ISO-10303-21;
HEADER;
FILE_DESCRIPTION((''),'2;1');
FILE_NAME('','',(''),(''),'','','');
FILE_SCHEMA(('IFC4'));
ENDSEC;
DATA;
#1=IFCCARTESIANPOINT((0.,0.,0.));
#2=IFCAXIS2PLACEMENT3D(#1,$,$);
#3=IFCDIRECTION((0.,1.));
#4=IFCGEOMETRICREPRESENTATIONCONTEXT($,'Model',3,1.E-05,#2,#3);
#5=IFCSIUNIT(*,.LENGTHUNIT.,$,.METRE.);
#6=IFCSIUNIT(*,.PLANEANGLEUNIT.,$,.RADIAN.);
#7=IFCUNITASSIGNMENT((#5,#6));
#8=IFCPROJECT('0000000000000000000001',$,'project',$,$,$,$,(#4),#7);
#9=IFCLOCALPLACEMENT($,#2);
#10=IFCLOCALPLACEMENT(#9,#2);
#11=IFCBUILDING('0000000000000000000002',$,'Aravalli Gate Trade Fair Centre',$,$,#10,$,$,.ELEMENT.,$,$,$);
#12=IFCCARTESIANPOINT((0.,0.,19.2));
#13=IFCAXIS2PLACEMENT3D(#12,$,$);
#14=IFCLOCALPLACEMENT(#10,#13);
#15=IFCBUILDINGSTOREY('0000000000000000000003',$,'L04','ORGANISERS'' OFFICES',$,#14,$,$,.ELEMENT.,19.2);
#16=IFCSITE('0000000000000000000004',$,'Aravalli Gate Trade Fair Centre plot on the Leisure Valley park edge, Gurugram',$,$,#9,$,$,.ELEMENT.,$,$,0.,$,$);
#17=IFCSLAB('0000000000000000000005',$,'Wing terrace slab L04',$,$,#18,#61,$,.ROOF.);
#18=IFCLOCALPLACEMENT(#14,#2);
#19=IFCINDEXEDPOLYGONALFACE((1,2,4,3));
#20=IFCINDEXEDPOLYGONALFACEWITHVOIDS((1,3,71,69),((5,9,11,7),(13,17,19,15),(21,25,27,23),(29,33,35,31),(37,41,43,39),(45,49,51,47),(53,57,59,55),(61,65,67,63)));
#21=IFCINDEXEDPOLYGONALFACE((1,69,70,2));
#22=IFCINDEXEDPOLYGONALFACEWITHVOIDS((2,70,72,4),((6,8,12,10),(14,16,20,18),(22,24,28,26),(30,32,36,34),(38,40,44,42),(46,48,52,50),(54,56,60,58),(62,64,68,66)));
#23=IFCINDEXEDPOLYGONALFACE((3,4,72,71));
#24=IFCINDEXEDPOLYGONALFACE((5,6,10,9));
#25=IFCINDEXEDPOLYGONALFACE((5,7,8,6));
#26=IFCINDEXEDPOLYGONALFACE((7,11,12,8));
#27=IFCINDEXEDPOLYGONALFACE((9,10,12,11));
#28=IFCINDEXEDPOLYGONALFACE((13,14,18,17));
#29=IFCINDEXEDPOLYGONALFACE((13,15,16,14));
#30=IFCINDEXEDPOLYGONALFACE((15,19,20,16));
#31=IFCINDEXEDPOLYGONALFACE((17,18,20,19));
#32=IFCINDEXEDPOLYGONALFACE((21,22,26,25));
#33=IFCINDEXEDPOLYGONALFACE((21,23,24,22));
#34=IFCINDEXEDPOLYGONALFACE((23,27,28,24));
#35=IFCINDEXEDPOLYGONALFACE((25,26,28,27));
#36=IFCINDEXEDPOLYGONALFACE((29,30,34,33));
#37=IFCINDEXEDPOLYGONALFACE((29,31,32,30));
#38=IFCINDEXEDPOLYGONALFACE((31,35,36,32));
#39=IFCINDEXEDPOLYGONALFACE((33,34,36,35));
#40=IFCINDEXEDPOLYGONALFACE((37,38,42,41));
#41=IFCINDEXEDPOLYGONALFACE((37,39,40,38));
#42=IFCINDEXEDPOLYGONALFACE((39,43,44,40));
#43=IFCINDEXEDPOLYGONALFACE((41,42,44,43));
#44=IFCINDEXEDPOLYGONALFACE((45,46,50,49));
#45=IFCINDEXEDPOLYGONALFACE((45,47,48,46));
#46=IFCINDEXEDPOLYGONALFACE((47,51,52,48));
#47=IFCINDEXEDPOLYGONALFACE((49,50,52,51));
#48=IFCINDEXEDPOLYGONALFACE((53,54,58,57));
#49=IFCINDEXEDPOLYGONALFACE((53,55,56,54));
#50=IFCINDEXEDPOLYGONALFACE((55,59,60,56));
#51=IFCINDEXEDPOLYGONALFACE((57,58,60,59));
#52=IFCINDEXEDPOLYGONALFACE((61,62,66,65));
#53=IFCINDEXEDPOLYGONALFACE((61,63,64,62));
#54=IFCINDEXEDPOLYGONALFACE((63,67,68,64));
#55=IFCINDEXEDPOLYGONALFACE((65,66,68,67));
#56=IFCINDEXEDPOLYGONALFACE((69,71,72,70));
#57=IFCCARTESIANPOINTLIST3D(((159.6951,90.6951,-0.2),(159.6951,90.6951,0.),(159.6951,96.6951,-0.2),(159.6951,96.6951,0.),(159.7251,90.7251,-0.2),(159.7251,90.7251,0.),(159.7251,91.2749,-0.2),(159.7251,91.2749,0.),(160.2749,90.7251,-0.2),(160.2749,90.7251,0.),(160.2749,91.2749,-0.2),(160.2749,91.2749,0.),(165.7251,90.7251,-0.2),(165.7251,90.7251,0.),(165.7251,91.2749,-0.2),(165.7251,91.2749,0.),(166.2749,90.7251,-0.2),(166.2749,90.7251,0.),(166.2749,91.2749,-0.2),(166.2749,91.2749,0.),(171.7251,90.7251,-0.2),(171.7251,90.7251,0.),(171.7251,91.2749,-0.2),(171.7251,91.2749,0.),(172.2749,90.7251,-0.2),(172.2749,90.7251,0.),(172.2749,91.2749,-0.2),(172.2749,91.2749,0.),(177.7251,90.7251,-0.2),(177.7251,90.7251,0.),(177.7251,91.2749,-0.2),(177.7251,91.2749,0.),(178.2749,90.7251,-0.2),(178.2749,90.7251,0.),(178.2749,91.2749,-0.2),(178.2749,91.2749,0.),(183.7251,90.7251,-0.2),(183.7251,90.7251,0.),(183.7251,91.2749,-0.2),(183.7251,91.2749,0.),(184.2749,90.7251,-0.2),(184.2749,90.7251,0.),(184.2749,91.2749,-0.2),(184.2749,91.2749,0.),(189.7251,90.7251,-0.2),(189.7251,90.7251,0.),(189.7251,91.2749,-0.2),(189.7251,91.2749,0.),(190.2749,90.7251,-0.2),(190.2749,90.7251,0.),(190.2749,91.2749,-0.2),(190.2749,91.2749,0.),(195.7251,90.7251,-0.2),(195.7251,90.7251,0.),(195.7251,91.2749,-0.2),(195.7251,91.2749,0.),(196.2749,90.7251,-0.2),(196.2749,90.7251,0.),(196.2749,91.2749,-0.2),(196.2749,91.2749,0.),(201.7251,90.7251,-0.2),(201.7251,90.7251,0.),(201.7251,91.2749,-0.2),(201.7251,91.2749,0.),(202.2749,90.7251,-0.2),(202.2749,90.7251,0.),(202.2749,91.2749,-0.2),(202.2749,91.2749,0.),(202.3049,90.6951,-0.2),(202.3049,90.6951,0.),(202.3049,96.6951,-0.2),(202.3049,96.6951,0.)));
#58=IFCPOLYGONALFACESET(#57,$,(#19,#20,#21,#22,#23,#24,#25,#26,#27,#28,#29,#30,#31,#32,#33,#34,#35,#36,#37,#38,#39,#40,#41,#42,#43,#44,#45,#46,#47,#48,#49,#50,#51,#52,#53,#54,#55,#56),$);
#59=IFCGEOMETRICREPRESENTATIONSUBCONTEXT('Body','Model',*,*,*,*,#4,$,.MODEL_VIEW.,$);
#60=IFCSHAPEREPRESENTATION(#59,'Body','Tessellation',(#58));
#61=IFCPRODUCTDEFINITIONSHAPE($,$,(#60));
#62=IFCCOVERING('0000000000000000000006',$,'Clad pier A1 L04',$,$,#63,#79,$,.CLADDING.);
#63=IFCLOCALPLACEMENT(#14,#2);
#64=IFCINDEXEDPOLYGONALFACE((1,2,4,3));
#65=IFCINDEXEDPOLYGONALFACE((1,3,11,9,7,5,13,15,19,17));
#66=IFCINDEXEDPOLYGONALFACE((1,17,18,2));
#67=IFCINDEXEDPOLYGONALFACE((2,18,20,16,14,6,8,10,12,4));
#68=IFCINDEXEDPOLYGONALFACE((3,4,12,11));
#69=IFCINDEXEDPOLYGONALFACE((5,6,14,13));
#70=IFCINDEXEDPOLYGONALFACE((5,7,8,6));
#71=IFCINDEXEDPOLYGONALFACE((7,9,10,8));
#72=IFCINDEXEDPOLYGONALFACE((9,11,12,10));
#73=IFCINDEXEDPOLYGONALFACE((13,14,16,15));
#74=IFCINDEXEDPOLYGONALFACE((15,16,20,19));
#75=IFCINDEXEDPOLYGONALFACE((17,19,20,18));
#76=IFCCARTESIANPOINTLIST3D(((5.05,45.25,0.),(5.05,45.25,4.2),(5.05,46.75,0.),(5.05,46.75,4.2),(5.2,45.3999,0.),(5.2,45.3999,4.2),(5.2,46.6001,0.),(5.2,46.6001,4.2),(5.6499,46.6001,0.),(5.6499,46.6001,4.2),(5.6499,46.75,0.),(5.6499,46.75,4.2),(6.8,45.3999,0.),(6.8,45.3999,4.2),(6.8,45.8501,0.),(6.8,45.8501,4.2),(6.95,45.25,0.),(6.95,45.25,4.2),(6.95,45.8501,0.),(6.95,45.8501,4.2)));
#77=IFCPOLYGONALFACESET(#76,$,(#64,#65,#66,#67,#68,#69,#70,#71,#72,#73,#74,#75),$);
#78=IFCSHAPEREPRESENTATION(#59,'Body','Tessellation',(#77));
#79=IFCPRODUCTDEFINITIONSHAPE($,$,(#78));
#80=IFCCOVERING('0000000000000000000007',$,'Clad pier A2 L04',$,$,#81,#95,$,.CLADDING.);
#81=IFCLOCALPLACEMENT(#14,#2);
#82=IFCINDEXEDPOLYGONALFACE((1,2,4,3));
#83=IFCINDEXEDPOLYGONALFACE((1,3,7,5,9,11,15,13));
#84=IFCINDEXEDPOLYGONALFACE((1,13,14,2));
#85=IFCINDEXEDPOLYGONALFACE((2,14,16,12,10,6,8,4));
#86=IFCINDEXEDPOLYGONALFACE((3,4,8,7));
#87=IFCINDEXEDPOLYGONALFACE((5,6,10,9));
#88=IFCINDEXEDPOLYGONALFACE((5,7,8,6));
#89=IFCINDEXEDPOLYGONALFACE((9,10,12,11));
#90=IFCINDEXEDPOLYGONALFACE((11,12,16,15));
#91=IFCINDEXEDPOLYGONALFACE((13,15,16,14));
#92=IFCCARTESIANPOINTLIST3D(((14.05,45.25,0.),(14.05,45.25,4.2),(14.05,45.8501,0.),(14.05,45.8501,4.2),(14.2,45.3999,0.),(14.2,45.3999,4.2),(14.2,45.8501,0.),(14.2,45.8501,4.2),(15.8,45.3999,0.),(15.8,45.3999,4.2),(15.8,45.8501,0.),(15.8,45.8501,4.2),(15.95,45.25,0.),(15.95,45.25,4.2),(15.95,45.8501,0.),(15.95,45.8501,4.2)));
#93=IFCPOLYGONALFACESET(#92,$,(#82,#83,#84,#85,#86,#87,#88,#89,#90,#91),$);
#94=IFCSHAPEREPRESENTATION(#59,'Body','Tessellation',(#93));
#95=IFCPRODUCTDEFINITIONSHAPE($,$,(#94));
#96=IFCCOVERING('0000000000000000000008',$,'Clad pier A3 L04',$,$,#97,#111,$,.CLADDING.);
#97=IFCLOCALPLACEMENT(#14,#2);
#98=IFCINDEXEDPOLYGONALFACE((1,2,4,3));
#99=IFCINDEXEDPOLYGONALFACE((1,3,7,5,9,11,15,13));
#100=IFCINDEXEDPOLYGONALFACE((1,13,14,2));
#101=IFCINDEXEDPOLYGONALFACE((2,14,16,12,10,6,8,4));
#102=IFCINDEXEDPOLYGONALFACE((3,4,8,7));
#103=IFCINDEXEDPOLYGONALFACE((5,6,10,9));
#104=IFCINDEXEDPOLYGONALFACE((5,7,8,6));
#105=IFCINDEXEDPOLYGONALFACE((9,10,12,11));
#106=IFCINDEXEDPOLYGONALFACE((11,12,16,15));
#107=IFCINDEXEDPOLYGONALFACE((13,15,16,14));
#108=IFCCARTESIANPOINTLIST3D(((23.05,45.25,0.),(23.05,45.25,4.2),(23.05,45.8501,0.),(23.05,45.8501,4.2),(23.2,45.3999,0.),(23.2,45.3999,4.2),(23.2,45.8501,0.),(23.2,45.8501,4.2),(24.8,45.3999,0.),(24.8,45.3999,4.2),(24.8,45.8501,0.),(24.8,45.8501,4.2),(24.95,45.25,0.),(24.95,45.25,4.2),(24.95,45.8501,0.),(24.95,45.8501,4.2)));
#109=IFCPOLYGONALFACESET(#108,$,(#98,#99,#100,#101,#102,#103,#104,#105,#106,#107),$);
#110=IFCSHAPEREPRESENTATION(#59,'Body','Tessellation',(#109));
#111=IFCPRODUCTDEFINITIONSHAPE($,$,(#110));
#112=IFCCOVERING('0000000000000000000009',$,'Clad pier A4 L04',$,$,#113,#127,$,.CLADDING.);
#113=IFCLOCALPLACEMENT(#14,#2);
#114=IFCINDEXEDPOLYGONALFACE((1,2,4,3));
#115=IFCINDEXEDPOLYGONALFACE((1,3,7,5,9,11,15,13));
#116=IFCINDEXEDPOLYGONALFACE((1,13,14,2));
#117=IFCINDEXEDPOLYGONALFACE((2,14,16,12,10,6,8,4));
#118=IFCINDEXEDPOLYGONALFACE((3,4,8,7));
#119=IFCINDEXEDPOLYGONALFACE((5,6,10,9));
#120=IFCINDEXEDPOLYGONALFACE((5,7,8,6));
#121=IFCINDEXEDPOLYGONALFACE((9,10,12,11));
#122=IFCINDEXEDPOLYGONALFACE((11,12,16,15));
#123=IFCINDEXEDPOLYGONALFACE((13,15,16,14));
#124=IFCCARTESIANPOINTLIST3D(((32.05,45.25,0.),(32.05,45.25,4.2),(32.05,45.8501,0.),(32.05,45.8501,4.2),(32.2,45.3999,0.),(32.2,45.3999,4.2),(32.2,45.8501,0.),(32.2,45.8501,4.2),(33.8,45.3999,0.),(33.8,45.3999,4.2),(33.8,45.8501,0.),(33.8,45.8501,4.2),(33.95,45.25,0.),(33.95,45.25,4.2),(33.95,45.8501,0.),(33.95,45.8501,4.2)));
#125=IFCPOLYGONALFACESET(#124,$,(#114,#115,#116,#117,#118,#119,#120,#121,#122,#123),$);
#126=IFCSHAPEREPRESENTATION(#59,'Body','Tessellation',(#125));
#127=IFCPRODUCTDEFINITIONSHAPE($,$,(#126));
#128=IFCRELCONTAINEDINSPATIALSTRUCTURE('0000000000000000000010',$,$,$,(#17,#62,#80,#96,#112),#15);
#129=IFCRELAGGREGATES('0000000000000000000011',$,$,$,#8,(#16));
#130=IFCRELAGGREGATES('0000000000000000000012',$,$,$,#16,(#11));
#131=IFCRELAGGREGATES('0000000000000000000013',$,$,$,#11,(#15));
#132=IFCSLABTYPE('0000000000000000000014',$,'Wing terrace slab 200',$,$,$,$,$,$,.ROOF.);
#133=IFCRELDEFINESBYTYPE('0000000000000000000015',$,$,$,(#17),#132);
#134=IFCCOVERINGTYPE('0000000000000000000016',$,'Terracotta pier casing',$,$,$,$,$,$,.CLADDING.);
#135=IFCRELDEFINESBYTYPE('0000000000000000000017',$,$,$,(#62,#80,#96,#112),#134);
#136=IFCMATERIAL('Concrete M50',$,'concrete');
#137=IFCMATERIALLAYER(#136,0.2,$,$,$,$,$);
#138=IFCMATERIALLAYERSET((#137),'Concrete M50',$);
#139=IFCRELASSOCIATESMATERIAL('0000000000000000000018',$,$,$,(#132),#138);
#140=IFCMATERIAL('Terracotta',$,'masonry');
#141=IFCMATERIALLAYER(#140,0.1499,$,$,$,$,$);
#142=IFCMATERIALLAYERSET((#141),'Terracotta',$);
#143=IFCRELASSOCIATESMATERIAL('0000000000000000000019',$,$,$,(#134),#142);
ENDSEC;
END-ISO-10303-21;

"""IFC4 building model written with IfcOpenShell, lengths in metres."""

from ifc_helpers import new_model, si_unit, direction, frame, origin, place, context, subcontext, project, spatial, polyline, outline, extrude, material, layer, layer_set, type_object, element, save


model = new_model("IFC4")

# Units and contexts
model_context = context("Model", 3, precision=1e-05, world=origin(), true_north=direction((0.0, 1.0)))
body_context = subcontext(model_context, "Body", "Model", "MODEL_VIEW")
ifc_project = project(units=[si_unit("LENGTHUNIT", "METRE"), si_unit("PLANEANGLEUNIT", "RADIAN")], contexts=[model_context])

# Site, building, storey
site_placement = place(None, origin())
site = spatial("IfcSite", under=ifc_project, at=site_placement, Name="Aravalli Gate Trade Fair Centre plot on the Leisure Valley park edge, Gurugram", CompositionType="ELEMENT", RefElevation=0.0)
building_placement = place(site_placement, origin())
building = spatial("IfcBuilding", under=site, at=building_placement, Name="Aravalli Gate Trade Fair Centre", CompositionType="ELEMENT")
storey_placement = place(building_placement, frame((0.0, 0.0, 19.2)))
storey = spatial("IfcBuildingStorey", under=building, at=storey_placement, Name="L04", Description="ORGANISERS' OFFICES", CompositionType="ELEMENT", Elevation=19.2)

# Slab
ifc_material_1 = material(Name="Concrete M50", Category="concrete")
ifc_layer_1 = layer(ifc_material_1, 0.2)
ifc_layer_set_1 = layer_set([ifc_layer_1], Name="Concrete M50")
slab_type_1 = type_object("IfcSlabType", Name="Wing terrace slab 200", PredefinedType="ROOF", material=ifc_layer_set_1)
slab_1_placement = place(storey_placement, frame((0.0, 0.0, -0.2)))
element("IfcSlab", 1, at=slab_1_placement, inside=storey, type_object=slab_type_1, Name="Wing terrace slab L04", PredefinedType="ROOF", context=body_context, shape_type="SweptSolid", body=[
    extrude(outline(polyline([(159.6951, 90.6951), (159.6951, 96.6951), (202.3049, 96.6951), (202.3049, 90.6951), (159.6951, 90.6951)]), holes=[polyline([(160.2749, 90.7251), (160.2749, 91.2749), (159.7251, 91.2749), (159.7251, 90.7251), (160.2749, 90.7251)]), polyline([(166.2749, 90.7251), (166.2749, 91.2749), (165.7251, 91.2749), (165.7251, 90.7251), (166.2749, 90.7251)]), polyline([(172.2749, 90.7251), (172.2749, 91.2749), (171.7251, 91.2749), (171.7251, 90.7251), (172.2749, 90.7251)]), polyline([(178.2749, 90.7251), (178.2749, 91.2749), (177.7251, 91.2749), (177.7251, 90.7251), (178.2749, 90.7251)]), polyline([(184.2749, 90.7251), (184.2749, 91.2749), (183.7251, 91.2749), (183.7251, 90.7251), (184.2749, 90.7251)]), polyline([(190.2749, 90.7251), (190.2749, 91.2749), (189.7251, 91.2749), (189.7251, 90.7251), (190.2749, 90.7251)]), polyline([(196.2749, 90.7251), (196.2749, 91.2749), (195.7251, 91.2749), (195.7251, 90.7251), (196.2749, 90.7251)]), polyline([(202.2749, 90.7251), (202.2749, 91.2749), (201.7251, 91.2749), (201.7251, 90.7251), (202.2749, 90.7251)])]), origin(), (0.0, 0.0, 1.0), 0.2),
])

# Coverings
ifc_material_2 = material(Name="Terracotta", Category="masonry")
ifc_layer_2 = layer(ifc_material_2, 0.1499)
ifc_layer_set_2 = layer_set([ifc_layer_2], Name="Terracotta")
covering_type = type_object("IfcCoveringType", Name="Terracotta pier casing", PredefinedType="CLADDING", material=ifc_layer_set_2)
covering_1_placement = place(storey_placement, origin())
element("IfcCovering", 2, at=covering_1_placement, inside=storey, type_object=covering_type, Name="Clad pier A1 L04", PredefinedType="CLADDING", context=body_context, shape_type="SweptSolid", body=[
    extrude(outline(polyline([(5.05, 46.75), (5.6499, 46.75), (5.6499, 46.6001), (5.2, 46.6001), (5.2, 45.3999), (6.8, 45.3999), (6.8, 45.8501), (6.95, 45.8501), (6.95, 45.25), (5.05, 45.25), (5.05, 46.75)])), origin(), (0.0, 0.0, 1.0), 4.2),
])
covering_2_placement = place(storey_placement, origin())
element("IfcCovering", 3, at=covering_2_placement, inside=storey, type_object=covering_type, Name="Clad pier A2 L04", PredefinedType="CLADDING", context=body_context, shape_type="SweptSolid", body=[
    extrude(outline(polyline([(14.05, 45.8501), (14.2, 45.8501), (14.2, 45.3999), (15.8, 45.3999), (15.8, 45.8501), (15.95, 45.8501), (15.95, 45.25), (14.05, 45.25), (14.05, 45.8501)])), origin(), (0.0, 0.0, 1.0), 4.2),
])
covering_3_placement = place(storey_placement, origin())
element("IfcCovering", 4, at=covering_3_placement, inside=storey, type_object=covering_type, Name="Clad pier A3 L04", PredefinedType="CLADDING", context=body_context, shape_type="SweptSolid", body=[
    extrude(outline(polyline([(23.05, 45.8501), (23.2, 45.8501), (23.2, 45.3999), (24.8, 45.3999), (24.8, 45.8501), (24.95, 45.8501), (24.95, 45.25), (23.05, 45.25), (23.05, 45.8501)])), origin(), (0.0, 0.0, 1.0), 4.2),
])
covering_4_placement = place(storey_placement, origin())
element("IfcCovering", 5, at=covering_4_placement, inside=storey, type_object=covering_type, Name="Clad pier A4 L04", PredefinedType="CLADDING", context=body_context, shape_type="SweptSolid", body=[
    extrude(outline(polyline([(32.05, 45.8501), (32.2, 45.8501), (32.2, 45.3999), (33.8, 45.3999), (33.8, 45.8501), (33.95, 45.8501), (33.95, 45.25), (32.05, 45.25), (32.05, 45.8501)])), origin(), (0.0, 0.0, 1.0), 4.2),
])

save(model, "model.ifc")
